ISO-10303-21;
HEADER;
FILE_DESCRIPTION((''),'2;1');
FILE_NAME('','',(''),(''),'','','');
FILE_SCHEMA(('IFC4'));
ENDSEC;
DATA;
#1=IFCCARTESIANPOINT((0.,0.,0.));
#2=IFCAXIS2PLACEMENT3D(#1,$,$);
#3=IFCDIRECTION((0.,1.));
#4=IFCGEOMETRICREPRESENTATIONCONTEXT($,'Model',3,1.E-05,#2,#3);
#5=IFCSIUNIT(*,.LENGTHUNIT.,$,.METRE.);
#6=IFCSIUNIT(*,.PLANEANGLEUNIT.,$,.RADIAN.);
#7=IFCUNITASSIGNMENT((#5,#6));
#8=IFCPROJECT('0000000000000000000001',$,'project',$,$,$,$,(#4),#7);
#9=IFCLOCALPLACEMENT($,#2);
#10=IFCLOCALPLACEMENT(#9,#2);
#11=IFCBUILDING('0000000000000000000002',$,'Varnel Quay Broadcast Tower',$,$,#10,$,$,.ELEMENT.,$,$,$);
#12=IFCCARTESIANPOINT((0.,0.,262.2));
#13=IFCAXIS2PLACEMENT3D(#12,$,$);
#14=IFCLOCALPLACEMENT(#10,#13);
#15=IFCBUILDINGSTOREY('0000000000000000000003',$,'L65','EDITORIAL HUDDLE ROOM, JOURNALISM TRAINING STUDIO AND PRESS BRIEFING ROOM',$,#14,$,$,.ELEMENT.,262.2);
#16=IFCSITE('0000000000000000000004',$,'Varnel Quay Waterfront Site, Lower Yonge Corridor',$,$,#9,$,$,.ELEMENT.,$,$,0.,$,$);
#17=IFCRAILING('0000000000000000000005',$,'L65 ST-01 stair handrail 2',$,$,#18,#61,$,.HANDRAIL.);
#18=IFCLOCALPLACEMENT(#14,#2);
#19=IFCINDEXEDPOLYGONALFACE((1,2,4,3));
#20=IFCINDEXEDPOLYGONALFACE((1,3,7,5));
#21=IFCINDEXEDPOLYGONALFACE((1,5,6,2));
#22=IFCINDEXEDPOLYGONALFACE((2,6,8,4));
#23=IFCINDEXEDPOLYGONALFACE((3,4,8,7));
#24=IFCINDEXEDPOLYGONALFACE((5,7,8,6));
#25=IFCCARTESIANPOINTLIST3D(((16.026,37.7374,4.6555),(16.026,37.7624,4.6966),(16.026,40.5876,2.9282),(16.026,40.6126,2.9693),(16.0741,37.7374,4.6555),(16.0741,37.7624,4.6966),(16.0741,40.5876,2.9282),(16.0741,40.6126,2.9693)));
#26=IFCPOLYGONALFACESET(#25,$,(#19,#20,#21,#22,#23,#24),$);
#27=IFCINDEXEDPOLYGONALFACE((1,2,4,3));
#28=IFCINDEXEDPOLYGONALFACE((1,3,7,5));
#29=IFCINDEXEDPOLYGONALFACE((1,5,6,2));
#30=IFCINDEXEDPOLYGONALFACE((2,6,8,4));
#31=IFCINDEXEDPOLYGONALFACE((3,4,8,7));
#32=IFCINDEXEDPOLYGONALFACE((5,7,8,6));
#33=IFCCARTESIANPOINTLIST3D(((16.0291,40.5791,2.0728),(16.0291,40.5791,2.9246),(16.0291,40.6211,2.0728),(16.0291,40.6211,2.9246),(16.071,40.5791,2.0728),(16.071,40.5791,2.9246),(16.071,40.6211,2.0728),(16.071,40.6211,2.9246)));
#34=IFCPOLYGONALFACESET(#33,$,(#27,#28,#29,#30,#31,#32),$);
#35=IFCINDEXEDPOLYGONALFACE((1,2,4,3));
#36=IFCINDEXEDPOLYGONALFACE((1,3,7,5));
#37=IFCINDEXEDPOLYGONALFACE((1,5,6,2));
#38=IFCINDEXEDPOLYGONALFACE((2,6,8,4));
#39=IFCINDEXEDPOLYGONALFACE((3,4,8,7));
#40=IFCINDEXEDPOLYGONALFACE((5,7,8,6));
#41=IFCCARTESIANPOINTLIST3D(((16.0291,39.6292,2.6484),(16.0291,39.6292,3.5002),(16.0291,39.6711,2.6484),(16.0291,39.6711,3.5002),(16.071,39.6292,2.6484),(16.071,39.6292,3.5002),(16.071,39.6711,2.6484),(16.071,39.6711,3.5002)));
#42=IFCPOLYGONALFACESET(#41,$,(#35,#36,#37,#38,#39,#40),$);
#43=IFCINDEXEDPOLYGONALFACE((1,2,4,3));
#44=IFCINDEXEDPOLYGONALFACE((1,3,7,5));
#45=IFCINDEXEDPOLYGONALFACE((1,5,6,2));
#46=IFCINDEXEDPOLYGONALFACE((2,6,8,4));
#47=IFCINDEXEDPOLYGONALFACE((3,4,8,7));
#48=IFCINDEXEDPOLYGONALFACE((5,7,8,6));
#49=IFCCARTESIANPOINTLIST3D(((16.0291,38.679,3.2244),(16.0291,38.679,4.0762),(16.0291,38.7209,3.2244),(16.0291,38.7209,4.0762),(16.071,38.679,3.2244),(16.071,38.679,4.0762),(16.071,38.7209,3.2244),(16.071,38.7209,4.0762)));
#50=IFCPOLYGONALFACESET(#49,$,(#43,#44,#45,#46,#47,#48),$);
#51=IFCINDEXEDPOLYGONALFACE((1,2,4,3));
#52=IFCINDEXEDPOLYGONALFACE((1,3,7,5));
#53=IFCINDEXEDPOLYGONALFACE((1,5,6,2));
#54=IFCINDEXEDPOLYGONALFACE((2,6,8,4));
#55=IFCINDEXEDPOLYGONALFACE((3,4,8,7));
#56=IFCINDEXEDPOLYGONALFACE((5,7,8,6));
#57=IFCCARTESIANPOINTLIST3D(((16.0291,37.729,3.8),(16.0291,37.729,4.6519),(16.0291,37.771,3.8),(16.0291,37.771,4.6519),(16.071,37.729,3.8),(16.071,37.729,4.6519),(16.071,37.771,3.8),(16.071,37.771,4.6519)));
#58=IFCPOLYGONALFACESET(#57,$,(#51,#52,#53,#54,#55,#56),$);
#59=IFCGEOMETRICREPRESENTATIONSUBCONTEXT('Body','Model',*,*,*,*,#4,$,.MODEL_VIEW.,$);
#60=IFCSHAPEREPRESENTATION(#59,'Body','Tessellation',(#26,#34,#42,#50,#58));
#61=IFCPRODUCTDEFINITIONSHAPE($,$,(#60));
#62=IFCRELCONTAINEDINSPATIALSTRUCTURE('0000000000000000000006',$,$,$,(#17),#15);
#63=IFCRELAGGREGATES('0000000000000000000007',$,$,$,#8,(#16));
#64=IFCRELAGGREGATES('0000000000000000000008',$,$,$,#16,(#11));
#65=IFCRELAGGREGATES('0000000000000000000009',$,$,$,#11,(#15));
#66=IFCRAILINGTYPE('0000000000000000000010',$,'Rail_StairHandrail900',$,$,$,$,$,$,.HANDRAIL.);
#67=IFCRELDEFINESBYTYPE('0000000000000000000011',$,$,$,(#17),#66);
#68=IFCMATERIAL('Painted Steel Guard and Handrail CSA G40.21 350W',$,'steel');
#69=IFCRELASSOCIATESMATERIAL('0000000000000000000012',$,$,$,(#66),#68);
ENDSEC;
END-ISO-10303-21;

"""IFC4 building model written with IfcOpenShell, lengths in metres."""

from ifc_helpers import new_model, si_unit, direction, frame, origin, origin_2d, place, context, subcontext, project, spatial, rectangle, extrude, material, type_object, element, save


model = new_model("IFC4")

# Units and contexts
model_context = context("Model", 3, precision=1e-05, world=origin(), true_north=direction((0.0, 1.0)))
body_context = subcontext(model_context, "Body", "Model", "MODEL_VIEW")
ifc_project = project(units=[si_unit("LENGTHUNIT", "METRE"), si_unit("PLANEANGLEUNIT", "RADIAN")], contexts=[model_context])

# Site, building, storey
site_placement = place(None, origin())
site = spatial("IfcSite", under=ifc_project, at=site_placement, Name="Varnel Quay Waterfront Site, Lower Yonge Corridor", CompositionType="ELEMENT", RefElevation=0.0)
building_placement = place(site_placement, origin())
building = spatial("IfcBuilding", under=site, at=building_placement, Name="Varnel Quay Broadcast Tower", CompositionType="ELEMENT")
storey_placement = place(building_placement, frame((0.0, 0.0, 262.2)))
storey = spatial("IfcBuildingStorey", under=building, at=storey_placement, Name="L65", Description="EDITORIAL HUDDLE ROOM, JOURNALISM TRAINING STUDIO AND PRESS BRIEFING ROOM", CompositionType="ELEMENT", Elevation=262.2)

# Railing
ifc_material_1 = material(Name="Painted Steel Guard and Handrail CSA G40.21 350W", Category="steel")
railing_type_1 = type_object("IfcRailingType", Name="Rail_StairHandrail900", PredefinedType="HANDRAIL", material=ifc_material_1)
railing_1_placement = place(storey_placement, frame((16.05, 40.6001, 2.0728)))
element("IfcRailing", 1, at=railing_1_placement, inside=storey, type_object=railing_type_1, Name="L65 ST-01 stair handrail 2", PredefinedType="HANDRAIL", context=body_context, shape_type="SweptSolid", body=[
    extrude(rectangle(XDim=0.0481, YDim=0.0481, at=origin_2d()), frame((0.0, 0.0, 0.876), z_axis=(0.0, -0.855203, 0.518294), x_axis=(1.0, 0.0, 0.0)), (0.0, 0.0, 1.0), 3.3328),
    extrude(rectangle(XDim=0.042, YDim=0.042, at=origin_2d()), origin(), (0.0, 0.0, 1.0), 0.8518),
    extrude(rectangle(XDim=0.042, YDim=0.042, at=origin_2d()), frame((0.0, -0.95, 0.5757)), (0.0, 0.0, 1.0), 0.8518),
    extrude(rectangle(XDim=0.042, YDim=0.042, at=origin_2d()), frame((0.0, -1.9001, 1.1516)), (0.0, 0.0, 1.0), 0.8518),
    extrude(rectangle(XDim=0.042, YDim=0.042, at=origin_2d()), frame((0.0, -2.8501, 1.7273)), (0.0, 0.0, 1.0), 0.8518),
])

save(model, "model.ifc")
